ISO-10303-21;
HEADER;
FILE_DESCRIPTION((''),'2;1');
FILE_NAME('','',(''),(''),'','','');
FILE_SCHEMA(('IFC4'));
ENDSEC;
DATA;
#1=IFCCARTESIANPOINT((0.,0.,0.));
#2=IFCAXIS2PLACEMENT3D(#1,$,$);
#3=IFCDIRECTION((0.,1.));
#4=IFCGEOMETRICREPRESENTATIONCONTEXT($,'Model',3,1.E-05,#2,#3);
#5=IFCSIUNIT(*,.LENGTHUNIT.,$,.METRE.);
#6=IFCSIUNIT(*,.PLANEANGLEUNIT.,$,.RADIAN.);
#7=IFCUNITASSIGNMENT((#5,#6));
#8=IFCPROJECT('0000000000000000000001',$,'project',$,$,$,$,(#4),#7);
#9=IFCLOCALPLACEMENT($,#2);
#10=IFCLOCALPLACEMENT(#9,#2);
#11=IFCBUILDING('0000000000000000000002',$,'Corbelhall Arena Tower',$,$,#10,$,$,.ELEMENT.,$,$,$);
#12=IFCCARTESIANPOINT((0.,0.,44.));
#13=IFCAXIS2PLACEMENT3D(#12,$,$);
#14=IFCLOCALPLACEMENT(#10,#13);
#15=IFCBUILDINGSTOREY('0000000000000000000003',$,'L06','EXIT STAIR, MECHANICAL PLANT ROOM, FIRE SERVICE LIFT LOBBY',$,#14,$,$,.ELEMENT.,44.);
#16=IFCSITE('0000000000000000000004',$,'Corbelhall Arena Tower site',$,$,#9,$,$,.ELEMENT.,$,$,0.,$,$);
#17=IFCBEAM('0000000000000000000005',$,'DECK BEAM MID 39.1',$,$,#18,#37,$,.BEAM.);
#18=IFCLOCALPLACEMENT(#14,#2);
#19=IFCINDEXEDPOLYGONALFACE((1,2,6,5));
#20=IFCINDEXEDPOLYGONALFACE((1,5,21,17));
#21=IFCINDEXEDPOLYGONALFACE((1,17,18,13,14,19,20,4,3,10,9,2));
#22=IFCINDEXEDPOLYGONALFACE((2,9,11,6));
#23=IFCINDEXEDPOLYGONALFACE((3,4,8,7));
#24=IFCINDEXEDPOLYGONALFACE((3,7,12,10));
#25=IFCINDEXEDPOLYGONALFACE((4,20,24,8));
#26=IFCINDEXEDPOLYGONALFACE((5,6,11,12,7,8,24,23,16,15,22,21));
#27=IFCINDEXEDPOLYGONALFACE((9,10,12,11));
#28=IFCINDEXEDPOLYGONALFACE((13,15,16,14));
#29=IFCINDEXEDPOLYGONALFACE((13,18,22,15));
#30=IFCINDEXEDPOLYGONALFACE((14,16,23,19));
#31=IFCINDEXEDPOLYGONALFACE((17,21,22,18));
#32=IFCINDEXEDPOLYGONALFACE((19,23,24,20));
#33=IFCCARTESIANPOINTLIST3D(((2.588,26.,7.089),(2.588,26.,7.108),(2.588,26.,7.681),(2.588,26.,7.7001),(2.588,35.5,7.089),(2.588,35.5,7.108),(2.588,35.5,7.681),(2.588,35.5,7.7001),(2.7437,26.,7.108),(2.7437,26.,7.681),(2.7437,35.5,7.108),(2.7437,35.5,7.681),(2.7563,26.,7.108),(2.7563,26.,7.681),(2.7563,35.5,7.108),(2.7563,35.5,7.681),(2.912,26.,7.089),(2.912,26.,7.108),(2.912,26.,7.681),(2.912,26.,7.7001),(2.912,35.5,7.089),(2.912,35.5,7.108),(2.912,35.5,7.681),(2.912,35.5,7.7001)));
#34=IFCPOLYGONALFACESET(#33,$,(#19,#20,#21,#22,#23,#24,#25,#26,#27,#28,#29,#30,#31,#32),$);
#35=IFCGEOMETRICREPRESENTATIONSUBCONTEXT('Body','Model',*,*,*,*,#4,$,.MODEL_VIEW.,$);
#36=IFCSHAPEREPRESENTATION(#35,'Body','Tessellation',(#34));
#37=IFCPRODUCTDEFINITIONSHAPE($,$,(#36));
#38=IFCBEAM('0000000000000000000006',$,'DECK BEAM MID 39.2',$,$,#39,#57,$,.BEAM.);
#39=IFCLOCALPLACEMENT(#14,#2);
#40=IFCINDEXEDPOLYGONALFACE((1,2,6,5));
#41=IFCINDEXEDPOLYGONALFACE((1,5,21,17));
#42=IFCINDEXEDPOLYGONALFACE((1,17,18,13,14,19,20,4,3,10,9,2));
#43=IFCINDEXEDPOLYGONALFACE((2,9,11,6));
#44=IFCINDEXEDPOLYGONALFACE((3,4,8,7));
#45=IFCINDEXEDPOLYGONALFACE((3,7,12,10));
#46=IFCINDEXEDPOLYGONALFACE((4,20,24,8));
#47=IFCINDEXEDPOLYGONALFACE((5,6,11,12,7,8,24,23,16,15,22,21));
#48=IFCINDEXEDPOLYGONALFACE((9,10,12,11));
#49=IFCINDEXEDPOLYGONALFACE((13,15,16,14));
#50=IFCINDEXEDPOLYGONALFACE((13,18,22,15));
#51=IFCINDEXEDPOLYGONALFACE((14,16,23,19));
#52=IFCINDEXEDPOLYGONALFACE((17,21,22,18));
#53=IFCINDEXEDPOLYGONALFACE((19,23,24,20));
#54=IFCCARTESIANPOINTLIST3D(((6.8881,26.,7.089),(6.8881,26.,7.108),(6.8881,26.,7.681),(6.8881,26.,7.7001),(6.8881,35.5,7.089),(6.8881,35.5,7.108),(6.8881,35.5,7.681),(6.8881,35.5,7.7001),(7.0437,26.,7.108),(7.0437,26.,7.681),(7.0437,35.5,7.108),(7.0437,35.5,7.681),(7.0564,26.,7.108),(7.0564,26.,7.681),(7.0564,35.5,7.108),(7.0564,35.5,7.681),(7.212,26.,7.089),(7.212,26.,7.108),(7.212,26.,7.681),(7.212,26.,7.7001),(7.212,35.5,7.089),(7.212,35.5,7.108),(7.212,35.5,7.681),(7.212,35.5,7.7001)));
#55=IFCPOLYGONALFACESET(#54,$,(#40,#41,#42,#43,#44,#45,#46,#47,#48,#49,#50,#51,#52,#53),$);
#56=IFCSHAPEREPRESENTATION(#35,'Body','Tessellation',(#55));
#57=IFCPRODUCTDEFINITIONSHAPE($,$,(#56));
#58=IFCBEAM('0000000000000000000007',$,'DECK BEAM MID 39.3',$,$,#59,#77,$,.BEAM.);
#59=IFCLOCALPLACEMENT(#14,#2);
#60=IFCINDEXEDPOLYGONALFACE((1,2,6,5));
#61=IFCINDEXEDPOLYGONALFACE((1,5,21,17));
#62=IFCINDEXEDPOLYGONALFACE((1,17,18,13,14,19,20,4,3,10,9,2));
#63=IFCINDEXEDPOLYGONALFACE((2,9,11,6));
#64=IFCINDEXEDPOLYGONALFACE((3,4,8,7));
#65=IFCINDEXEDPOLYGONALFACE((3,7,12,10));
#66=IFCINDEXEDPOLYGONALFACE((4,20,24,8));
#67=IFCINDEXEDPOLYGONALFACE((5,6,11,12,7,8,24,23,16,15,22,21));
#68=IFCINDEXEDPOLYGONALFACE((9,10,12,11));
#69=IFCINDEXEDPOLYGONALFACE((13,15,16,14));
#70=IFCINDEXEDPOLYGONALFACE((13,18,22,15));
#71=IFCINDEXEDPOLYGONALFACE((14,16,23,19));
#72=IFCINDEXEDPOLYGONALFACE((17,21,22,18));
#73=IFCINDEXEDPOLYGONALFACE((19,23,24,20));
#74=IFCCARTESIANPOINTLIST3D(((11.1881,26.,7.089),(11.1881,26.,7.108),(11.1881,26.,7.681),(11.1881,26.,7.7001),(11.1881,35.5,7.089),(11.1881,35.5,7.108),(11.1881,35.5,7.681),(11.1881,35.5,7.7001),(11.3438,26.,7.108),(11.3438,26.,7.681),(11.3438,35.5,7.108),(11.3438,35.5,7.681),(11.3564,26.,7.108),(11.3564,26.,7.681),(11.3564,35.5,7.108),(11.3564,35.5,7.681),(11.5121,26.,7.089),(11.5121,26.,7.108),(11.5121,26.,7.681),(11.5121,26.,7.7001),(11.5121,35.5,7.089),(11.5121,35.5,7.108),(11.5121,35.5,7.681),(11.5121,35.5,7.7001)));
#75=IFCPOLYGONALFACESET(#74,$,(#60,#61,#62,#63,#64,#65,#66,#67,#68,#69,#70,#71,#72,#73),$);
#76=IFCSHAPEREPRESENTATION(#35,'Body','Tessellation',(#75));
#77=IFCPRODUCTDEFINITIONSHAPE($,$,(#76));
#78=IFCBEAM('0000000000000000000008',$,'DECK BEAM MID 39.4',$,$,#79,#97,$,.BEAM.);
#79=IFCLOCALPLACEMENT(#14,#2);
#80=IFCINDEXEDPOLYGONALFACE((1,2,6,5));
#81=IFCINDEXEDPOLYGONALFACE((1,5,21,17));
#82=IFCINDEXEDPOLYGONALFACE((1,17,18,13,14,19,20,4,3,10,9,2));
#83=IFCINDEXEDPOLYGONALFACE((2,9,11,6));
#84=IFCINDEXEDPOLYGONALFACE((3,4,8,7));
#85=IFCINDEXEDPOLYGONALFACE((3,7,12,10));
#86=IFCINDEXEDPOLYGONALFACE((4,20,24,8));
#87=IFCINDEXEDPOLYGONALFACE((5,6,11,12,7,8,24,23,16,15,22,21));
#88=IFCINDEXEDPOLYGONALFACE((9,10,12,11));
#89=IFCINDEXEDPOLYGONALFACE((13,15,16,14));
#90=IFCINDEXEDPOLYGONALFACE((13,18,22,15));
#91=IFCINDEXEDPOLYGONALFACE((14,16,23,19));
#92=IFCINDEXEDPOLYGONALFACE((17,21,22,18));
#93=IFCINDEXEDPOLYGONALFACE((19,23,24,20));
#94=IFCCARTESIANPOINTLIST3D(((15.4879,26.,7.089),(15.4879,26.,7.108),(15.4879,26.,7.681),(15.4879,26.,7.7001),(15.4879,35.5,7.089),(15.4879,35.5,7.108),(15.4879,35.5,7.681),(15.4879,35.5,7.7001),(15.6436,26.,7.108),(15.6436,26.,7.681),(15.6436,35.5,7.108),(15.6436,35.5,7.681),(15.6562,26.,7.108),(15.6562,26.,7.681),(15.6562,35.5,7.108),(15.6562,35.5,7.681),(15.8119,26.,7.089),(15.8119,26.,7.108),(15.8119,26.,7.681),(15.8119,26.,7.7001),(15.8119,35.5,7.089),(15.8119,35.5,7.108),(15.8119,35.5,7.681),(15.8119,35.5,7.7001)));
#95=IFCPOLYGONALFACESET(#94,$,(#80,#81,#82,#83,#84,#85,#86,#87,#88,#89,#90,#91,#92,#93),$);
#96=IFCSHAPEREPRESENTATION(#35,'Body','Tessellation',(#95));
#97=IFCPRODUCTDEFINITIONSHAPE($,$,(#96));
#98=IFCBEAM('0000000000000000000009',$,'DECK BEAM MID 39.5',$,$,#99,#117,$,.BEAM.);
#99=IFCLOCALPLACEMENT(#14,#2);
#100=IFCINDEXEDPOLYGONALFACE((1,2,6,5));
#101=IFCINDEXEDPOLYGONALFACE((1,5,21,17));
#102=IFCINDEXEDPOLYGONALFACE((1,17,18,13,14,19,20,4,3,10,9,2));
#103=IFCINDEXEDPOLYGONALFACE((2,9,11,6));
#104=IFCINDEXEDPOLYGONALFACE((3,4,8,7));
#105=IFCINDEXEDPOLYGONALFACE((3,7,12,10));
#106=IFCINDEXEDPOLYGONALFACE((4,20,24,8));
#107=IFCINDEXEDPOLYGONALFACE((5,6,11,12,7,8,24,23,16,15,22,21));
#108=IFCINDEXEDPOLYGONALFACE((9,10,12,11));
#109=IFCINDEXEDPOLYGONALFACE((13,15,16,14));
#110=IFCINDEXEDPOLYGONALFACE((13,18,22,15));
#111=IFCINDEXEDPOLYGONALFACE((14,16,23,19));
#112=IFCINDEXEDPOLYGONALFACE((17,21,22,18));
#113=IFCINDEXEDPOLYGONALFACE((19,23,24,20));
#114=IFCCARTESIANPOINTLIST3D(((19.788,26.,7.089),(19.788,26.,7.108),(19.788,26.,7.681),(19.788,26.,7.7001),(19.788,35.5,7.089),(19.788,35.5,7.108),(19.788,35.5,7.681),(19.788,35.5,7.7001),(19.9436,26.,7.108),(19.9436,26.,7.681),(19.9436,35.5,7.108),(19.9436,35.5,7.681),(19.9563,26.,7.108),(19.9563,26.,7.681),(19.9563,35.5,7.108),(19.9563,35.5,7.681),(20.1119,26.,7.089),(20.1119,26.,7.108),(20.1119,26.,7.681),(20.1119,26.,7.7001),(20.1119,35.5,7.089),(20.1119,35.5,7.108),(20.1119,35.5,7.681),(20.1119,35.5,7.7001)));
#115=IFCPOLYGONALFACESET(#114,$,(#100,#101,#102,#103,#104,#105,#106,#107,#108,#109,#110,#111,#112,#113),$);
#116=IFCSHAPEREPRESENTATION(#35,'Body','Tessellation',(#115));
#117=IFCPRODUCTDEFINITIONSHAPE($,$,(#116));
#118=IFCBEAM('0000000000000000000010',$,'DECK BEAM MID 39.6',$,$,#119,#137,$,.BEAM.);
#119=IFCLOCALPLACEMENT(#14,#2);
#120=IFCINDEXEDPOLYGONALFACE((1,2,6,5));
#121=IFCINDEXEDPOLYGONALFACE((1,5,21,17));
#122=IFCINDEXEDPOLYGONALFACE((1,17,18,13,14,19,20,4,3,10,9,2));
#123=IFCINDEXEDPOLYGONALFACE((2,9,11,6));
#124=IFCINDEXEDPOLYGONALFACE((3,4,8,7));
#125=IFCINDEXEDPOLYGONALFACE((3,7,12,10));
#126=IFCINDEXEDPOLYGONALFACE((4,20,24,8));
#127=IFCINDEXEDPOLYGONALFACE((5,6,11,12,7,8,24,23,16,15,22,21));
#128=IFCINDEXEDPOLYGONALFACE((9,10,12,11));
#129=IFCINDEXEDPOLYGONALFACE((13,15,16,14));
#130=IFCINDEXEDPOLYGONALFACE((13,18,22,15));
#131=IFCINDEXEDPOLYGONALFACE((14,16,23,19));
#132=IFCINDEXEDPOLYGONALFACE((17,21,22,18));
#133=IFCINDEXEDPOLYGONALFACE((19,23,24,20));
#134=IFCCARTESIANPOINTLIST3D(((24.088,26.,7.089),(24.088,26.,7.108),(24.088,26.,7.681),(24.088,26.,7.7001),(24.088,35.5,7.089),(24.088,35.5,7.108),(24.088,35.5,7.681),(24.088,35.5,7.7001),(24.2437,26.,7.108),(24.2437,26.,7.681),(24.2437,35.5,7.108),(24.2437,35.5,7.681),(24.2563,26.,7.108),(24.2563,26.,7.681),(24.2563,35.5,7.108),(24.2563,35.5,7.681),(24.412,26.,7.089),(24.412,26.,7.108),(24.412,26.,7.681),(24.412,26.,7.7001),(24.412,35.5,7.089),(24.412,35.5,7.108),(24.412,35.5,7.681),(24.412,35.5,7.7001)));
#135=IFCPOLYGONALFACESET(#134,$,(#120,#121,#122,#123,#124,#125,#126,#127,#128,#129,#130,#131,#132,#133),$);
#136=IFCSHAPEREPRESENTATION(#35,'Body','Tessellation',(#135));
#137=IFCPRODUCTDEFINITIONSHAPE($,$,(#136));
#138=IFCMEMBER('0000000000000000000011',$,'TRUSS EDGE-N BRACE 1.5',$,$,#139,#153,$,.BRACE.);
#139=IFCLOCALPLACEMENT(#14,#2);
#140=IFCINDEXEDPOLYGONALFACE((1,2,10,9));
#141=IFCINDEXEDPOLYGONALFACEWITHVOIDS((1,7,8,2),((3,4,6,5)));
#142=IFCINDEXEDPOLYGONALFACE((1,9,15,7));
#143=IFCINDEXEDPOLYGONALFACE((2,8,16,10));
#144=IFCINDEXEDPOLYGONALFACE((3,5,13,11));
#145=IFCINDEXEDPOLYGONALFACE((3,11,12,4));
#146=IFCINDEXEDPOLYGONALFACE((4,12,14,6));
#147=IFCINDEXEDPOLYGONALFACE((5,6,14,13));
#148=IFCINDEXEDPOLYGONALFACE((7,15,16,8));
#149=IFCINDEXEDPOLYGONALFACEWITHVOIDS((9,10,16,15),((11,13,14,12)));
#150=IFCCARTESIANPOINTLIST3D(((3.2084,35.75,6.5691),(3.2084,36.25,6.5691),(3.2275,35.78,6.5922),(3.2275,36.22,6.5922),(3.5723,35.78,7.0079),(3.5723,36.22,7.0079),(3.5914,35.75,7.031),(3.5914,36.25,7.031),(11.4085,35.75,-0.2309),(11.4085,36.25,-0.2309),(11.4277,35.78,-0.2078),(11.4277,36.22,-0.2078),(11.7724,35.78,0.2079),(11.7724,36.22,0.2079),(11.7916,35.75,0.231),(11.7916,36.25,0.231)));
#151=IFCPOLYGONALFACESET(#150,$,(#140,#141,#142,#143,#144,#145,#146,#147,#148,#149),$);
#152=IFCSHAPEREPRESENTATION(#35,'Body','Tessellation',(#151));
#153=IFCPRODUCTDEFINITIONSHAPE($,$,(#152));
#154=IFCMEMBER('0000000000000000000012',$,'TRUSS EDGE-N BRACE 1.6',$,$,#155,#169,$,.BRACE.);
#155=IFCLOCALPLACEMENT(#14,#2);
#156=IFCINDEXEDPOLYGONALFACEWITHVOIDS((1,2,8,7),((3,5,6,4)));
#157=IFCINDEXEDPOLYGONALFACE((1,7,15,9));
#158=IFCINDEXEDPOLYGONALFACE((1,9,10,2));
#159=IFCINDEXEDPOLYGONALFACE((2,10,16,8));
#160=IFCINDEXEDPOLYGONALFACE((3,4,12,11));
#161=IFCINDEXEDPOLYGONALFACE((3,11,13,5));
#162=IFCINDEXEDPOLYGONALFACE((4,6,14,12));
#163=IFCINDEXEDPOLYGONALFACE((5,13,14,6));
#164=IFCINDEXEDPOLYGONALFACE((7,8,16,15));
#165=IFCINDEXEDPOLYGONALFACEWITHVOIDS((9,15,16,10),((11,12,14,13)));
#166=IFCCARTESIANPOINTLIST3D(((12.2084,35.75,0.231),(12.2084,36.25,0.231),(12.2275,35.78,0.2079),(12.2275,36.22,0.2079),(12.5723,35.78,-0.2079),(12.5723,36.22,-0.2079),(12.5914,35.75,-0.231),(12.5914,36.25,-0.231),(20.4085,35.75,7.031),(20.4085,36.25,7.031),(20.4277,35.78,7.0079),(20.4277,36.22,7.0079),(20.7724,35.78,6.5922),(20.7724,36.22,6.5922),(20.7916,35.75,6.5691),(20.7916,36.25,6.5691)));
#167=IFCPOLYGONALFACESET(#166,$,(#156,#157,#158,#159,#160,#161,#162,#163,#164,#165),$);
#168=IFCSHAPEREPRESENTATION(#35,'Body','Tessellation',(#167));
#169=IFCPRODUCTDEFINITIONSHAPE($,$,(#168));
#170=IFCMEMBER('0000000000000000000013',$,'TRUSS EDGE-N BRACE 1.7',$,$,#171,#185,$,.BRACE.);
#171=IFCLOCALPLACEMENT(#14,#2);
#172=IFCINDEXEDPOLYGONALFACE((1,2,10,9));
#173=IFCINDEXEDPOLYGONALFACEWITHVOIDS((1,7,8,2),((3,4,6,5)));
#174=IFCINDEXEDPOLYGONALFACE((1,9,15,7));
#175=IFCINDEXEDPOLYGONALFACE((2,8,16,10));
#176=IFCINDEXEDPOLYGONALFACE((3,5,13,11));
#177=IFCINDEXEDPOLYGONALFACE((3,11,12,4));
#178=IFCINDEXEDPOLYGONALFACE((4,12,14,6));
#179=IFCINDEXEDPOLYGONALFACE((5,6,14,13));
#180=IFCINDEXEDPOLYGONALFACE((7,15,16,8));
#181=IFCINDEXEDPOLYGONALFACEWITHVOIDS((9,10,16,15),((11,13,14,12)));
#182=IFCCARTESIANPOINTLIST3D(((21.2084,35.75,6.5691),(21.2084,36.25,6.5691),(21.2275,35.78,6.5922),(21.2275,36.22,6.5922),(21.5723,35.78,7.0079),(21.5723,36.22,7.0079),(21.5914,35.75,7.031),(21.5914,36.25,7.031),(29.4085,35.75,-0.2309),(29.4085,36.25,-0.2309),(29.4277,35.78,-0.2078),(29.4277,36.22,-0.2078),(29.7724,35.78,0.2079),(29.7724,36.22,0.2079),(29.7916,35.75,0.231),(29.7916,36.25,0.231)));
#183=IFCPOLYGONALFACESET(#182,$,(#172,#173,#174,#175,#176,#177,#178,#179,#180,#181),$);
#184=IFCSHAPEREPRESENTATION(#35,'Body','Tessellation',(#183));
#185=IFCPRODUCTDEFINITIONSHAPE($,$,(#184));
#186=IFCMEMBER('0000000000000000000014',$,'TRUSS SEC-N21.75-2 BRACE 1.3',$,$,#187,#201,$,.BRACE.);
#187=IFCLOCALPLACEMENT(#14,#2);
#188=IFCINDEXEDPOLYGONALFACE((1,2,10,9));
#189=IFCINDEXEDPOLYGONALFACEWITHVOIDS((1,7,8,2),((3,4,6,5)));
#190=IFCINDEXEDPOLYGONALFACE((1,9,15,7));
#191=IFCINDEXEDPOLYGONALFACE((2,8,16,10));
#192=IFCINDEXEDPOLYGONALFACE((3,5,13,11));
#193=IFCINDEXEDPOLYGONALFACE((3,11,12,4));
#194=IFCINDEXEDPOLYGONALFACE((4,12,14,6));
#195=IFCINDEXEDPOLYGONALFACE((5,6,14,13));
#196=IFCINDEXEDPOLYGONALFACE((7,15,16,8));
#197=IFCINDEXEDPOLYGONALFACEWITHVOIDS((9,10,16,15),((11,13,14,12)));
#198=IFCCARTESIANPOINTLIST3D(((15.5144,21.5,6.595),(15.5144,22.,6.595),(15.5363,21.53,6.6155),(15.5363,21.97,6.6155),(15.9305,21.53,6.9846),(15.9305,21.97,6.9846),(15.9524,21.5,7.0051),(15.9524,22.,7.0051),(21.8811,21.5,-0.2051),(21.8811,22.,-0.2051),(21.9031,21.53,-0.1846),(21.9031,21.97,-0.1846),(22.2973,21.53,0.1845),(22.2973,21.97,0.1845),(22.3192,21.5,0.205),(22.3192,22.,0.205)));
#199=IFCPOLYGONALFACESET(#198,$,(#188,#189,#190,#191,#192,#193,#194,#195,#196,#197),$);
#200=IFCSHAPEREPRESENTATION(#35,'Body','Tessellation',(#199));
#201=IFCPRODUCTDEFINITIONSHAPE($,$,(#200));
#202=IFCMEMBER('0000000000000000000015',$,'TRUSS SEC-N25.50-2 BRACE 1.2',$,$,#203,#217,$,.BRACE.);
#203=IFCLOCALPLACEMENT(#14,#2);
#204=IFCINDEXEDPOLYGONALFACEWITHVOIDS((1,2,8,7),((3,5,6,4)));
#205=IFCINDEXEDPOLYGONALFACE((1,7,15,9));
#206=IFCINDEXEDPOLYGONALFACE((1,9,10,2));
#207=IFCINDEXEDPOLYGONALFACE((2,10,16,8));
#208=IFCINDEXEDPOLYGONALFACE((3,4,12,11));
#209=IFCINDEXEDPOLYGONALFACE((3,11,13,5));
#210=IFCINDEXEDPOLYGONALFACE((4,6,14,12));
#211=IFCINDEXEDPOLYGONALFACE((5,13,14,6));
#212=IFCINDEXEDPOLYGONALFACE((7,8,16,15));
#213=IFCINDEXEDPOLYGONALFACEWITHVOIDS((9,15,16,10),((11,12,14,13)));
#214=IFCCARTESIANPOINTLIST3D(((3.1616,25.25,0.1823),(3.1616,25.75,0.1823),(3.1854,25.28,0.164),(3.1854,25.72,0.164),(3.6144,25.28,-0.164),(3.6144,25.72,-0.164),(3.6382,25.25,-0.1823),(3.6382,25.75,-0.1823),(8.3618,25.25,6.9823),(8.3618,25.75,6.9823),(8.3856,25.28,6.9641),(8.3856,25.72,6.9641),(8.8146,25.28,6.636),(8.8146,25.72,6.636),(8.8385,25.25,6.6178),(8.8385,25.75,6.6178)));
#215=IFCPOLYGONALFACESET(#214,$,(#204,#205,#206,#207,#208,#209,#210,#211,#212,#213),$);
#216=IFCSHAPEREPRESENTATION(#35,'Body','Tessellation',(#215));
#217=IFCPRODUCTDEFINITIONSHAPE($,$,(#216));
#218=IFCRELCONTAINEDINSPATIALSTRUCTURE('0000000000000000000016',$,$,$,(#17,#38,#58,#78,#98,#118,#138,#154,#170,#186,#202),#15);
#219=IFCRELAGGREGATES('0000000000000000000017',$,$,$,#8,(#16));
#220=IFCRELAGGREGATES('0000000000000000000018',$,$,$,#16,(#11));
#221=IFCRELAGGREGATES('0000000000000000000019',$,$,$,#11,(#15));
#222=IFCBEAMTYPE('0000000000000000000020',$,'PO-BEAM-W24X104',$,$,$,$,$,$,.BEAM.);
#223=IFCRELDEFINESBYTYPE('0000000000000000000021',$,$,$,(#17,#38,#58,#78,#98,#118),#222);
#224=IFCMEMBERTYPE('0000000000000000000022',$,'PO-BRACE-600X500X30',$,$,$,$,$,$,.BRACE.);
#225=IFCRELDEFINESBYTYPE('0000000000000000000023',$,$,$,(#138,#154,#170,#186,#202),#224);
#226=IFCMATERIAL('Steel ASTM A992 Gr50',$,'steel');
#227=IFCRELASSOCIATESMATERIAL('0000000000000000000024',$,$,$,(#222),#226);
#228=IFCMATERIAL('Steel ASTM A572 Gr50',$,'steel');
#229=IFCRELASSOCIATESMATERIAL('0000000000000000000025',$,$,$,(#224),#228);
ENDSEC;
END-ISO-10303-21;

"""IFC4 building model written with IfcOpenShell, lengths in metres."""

from ifc_helpers import new_model, si_unit, direction, frame, origin, origin_2d, place, context, subcontext, project, spatial, hollow_rectangle, i_section, extrude, material, material_profile, profile_set, type_object, element, save


model = new_model("IFC4")

# Units and contexts
model_context = context("Model", 3, precision=1e-05, world=origin(), true_north=direction((0.0, 1.0)))
body_context = subcontext(model_context, "Body", "Model", "MODEL_VIEW")
ifc_project = project(units=[si_unit("LENGTHUNIT", "METRE"), si_unit("PLANEANGLEUNIT", "RADIAN")], contexts=[model_context])

# Site, building, storey
site_placement = place(None, origin())
site = spatial("IfcSite", under=ifc_project, at=site_placement, Name="Corbelhall Arena Tower site", CompositionType="ELEMENT", RefElevation=0.0)
building_placement = place(site_placement, origin())
building = spatial("IfcBuilding", under=site, at=building_placement, Name="Corbelhall Arena Tower", CompositionType="ELEMENT")
storey_placement = place(building_placement, frame((0.0, 0.0, 44.0)))
storey = spatial("IfcBuildingStorey", under=building, at=storey_placement, Name="L06", Description="EXIT STAIR, MECHANICAL PLANT ROOM, FIRE SERVICE LIFT LOBBY", CompositionType="ELEMENT", Elevation=44.0)

# Beams
ifc_material_1 = material(Name="Steel ASTM A992 Gr50", Category="steel")
ifc_material_profile_1 = material_profile(ifc_material_1, i_section(OverallWidth=0.324, OverallDepth=0.6111, WebThickness=0.0127, FlangeThickness=0.019, at=origin_2d()))
ifc_profile_set_1 = profile_set([ifc_material_profile_1], Name="Steel ASTM A992 Gr50")
beam_type = type_object("IfcBeamType", Name="PO-BEAM-W24X104", PredefinedType="BEAM", material=ifc_profile_set_1)
for number, where, z_axis, x_axis, name in (
    (1, (2.75, 26.0, 7.3945), (0.0, 1.0, 0.0), (-1.0, 0.0, 0.0), "DECK BEAM MID 39.1"),
    (2, (7.05, 26.0, 7.3945), (0.0, 1.0, 0.0), (-1.0, 0.0, 0.0), "DECK BEAM MID 39.2"),
    (3, (11.3501, 26.0, 7.3945), (0.0, 1.0, 0.0), (-1.0, 0.0, 0.0), "DECK BEAM MID 39.3"),
    (4, (15.6499, 26.0, 7.3945), (0.0, 1.0, 0.0), (-1.0, 0.0, 0.0), "DECK BEAM MID 39.4"),
    (5, (19.95, 26.0, 7.3945), (0.0, 1.0, 0.0), (-1.0, 0.0, 0.0), "DECK BEAM MID 39.5"),
    (6, (24.25, 26.0, 7.3945), (0.0, 1.0, 0.0), (-1.0, 0.0, 0.0), "DECK BEAM MID 39.6"),
):
    element("IfcBeam", number, at=place(storey_placement, frame(where, z_axis=z_axis, x_axis=x_axis)), inside=storey, type_object=beam_type, Name=name, PredefinedType="BEAM", context=body_context, shape_type="SweptSolid", body=[
        extrude(i_section(OverallWidth=0.324, OverallDepth=0.6111, WebThickness=0.0127, FlangeThickness=0.019, at=origin_2d()), origin(), (0.0, 0.0, 1.0), 9.5),
    ])

# Members
ifc_material_2 = material(Name="Steel ASTM A572 Gr50", Category="steel")
ifc_material_profile_2 = material_profile(ifc_material_2, hollow_rectangle(XDim=0.5, YDim=0.6001, WallThickness=0.03, at=origin_2d()))
ifc_profile_set_2 = profile_set([ifc_material_profile_2], Name="Steel ASTM A572 Gr50")
member_type_1 = type_object("IfcMemberType", Name="PO-BRACE-600X500X30", PredefinedType="BRACE", material=ifc_profile_set_2)
for number, where, z_axis, x_axis, name in (
    (7, (3.3999, 36.0, 6.8), (0.769763, 0.0, -0.63833), (0.0, 1.0, 0.0), "TRUSS EDGE-N BRACE 1.5"),
    (8, (12.3999, 36.0, 0.0), (0.769763, 0.0, 0.63833), (0.0, 1.0, 0.0), "TRUSS EDGE-N BRACE 1.6"),
    (9, (21.3999, 36.0, 6.8), (0.769763, 0.0, -0.63833), (0.0, 1.0, 0.0), "TRUSS EDGE-N BRACE 1.7"),
):
    element("IfcMember", number, at=place(storey_placement, frame(where, z_axis=z_axis, x_axis=x_axis)), inside=storey, type_object=member_type_1, Name=name, PredefinedType="BRACE", context=body_context, shape_type="SweptSolid", body=[
        extrude(hollow_rectangle(XDim=0.5, YDim=0.6001, WallThickness=0.03, at=origin_2d()), origin(), (0.0, 0.0, 1.0), 10.6528),
    ])
member_1_placement = place(storey_placement, frame((15.7334, 21.75, 6.8), z_axis=(0.683464, 0.0, -0.729984), x_axis=(0.0, 1.0, 0.0)))
element("IfcMember", 10, at=member_1_placement, inside=storey, type_object=member_type_1, Name="TRUSS SEC-N21.75-2 BRACE 1.3", PredefinedType="BRACE", context=body_context, shape_type="SweptSolid", body=[
    extrude(hollow_rectangle(XDim=0.5, YDim=0.6001, WallThickness=0.03, at=origin_2d()), origin(), (0.0, 0.0, 1.0), 9.3154),
])
member_2_placement = place(storey_placement, frame((3.3999, 25.5, 0.0), z_axis=(0.607462, 0.0, 0.794349), x_axis=(0.0, 1.0, 0.0)))
element("IfcMember", 11, at=member_2_placement, inside=storey, type_object=member_type_1, Name="TRUSS SEC-N25.50-2 BRACE 1.2", PredefinedType="BRACE", context=body_context, shape_type="SweptSolid", body=[
    extrude(hollow_rectangle(XDim=0.5, YDim=0.6001, WallThickness=0.03, at=origin_2d()), origin(), (0.0, 0.0, 1.0), 8.5605),
])

save(model, "model.ifc")
